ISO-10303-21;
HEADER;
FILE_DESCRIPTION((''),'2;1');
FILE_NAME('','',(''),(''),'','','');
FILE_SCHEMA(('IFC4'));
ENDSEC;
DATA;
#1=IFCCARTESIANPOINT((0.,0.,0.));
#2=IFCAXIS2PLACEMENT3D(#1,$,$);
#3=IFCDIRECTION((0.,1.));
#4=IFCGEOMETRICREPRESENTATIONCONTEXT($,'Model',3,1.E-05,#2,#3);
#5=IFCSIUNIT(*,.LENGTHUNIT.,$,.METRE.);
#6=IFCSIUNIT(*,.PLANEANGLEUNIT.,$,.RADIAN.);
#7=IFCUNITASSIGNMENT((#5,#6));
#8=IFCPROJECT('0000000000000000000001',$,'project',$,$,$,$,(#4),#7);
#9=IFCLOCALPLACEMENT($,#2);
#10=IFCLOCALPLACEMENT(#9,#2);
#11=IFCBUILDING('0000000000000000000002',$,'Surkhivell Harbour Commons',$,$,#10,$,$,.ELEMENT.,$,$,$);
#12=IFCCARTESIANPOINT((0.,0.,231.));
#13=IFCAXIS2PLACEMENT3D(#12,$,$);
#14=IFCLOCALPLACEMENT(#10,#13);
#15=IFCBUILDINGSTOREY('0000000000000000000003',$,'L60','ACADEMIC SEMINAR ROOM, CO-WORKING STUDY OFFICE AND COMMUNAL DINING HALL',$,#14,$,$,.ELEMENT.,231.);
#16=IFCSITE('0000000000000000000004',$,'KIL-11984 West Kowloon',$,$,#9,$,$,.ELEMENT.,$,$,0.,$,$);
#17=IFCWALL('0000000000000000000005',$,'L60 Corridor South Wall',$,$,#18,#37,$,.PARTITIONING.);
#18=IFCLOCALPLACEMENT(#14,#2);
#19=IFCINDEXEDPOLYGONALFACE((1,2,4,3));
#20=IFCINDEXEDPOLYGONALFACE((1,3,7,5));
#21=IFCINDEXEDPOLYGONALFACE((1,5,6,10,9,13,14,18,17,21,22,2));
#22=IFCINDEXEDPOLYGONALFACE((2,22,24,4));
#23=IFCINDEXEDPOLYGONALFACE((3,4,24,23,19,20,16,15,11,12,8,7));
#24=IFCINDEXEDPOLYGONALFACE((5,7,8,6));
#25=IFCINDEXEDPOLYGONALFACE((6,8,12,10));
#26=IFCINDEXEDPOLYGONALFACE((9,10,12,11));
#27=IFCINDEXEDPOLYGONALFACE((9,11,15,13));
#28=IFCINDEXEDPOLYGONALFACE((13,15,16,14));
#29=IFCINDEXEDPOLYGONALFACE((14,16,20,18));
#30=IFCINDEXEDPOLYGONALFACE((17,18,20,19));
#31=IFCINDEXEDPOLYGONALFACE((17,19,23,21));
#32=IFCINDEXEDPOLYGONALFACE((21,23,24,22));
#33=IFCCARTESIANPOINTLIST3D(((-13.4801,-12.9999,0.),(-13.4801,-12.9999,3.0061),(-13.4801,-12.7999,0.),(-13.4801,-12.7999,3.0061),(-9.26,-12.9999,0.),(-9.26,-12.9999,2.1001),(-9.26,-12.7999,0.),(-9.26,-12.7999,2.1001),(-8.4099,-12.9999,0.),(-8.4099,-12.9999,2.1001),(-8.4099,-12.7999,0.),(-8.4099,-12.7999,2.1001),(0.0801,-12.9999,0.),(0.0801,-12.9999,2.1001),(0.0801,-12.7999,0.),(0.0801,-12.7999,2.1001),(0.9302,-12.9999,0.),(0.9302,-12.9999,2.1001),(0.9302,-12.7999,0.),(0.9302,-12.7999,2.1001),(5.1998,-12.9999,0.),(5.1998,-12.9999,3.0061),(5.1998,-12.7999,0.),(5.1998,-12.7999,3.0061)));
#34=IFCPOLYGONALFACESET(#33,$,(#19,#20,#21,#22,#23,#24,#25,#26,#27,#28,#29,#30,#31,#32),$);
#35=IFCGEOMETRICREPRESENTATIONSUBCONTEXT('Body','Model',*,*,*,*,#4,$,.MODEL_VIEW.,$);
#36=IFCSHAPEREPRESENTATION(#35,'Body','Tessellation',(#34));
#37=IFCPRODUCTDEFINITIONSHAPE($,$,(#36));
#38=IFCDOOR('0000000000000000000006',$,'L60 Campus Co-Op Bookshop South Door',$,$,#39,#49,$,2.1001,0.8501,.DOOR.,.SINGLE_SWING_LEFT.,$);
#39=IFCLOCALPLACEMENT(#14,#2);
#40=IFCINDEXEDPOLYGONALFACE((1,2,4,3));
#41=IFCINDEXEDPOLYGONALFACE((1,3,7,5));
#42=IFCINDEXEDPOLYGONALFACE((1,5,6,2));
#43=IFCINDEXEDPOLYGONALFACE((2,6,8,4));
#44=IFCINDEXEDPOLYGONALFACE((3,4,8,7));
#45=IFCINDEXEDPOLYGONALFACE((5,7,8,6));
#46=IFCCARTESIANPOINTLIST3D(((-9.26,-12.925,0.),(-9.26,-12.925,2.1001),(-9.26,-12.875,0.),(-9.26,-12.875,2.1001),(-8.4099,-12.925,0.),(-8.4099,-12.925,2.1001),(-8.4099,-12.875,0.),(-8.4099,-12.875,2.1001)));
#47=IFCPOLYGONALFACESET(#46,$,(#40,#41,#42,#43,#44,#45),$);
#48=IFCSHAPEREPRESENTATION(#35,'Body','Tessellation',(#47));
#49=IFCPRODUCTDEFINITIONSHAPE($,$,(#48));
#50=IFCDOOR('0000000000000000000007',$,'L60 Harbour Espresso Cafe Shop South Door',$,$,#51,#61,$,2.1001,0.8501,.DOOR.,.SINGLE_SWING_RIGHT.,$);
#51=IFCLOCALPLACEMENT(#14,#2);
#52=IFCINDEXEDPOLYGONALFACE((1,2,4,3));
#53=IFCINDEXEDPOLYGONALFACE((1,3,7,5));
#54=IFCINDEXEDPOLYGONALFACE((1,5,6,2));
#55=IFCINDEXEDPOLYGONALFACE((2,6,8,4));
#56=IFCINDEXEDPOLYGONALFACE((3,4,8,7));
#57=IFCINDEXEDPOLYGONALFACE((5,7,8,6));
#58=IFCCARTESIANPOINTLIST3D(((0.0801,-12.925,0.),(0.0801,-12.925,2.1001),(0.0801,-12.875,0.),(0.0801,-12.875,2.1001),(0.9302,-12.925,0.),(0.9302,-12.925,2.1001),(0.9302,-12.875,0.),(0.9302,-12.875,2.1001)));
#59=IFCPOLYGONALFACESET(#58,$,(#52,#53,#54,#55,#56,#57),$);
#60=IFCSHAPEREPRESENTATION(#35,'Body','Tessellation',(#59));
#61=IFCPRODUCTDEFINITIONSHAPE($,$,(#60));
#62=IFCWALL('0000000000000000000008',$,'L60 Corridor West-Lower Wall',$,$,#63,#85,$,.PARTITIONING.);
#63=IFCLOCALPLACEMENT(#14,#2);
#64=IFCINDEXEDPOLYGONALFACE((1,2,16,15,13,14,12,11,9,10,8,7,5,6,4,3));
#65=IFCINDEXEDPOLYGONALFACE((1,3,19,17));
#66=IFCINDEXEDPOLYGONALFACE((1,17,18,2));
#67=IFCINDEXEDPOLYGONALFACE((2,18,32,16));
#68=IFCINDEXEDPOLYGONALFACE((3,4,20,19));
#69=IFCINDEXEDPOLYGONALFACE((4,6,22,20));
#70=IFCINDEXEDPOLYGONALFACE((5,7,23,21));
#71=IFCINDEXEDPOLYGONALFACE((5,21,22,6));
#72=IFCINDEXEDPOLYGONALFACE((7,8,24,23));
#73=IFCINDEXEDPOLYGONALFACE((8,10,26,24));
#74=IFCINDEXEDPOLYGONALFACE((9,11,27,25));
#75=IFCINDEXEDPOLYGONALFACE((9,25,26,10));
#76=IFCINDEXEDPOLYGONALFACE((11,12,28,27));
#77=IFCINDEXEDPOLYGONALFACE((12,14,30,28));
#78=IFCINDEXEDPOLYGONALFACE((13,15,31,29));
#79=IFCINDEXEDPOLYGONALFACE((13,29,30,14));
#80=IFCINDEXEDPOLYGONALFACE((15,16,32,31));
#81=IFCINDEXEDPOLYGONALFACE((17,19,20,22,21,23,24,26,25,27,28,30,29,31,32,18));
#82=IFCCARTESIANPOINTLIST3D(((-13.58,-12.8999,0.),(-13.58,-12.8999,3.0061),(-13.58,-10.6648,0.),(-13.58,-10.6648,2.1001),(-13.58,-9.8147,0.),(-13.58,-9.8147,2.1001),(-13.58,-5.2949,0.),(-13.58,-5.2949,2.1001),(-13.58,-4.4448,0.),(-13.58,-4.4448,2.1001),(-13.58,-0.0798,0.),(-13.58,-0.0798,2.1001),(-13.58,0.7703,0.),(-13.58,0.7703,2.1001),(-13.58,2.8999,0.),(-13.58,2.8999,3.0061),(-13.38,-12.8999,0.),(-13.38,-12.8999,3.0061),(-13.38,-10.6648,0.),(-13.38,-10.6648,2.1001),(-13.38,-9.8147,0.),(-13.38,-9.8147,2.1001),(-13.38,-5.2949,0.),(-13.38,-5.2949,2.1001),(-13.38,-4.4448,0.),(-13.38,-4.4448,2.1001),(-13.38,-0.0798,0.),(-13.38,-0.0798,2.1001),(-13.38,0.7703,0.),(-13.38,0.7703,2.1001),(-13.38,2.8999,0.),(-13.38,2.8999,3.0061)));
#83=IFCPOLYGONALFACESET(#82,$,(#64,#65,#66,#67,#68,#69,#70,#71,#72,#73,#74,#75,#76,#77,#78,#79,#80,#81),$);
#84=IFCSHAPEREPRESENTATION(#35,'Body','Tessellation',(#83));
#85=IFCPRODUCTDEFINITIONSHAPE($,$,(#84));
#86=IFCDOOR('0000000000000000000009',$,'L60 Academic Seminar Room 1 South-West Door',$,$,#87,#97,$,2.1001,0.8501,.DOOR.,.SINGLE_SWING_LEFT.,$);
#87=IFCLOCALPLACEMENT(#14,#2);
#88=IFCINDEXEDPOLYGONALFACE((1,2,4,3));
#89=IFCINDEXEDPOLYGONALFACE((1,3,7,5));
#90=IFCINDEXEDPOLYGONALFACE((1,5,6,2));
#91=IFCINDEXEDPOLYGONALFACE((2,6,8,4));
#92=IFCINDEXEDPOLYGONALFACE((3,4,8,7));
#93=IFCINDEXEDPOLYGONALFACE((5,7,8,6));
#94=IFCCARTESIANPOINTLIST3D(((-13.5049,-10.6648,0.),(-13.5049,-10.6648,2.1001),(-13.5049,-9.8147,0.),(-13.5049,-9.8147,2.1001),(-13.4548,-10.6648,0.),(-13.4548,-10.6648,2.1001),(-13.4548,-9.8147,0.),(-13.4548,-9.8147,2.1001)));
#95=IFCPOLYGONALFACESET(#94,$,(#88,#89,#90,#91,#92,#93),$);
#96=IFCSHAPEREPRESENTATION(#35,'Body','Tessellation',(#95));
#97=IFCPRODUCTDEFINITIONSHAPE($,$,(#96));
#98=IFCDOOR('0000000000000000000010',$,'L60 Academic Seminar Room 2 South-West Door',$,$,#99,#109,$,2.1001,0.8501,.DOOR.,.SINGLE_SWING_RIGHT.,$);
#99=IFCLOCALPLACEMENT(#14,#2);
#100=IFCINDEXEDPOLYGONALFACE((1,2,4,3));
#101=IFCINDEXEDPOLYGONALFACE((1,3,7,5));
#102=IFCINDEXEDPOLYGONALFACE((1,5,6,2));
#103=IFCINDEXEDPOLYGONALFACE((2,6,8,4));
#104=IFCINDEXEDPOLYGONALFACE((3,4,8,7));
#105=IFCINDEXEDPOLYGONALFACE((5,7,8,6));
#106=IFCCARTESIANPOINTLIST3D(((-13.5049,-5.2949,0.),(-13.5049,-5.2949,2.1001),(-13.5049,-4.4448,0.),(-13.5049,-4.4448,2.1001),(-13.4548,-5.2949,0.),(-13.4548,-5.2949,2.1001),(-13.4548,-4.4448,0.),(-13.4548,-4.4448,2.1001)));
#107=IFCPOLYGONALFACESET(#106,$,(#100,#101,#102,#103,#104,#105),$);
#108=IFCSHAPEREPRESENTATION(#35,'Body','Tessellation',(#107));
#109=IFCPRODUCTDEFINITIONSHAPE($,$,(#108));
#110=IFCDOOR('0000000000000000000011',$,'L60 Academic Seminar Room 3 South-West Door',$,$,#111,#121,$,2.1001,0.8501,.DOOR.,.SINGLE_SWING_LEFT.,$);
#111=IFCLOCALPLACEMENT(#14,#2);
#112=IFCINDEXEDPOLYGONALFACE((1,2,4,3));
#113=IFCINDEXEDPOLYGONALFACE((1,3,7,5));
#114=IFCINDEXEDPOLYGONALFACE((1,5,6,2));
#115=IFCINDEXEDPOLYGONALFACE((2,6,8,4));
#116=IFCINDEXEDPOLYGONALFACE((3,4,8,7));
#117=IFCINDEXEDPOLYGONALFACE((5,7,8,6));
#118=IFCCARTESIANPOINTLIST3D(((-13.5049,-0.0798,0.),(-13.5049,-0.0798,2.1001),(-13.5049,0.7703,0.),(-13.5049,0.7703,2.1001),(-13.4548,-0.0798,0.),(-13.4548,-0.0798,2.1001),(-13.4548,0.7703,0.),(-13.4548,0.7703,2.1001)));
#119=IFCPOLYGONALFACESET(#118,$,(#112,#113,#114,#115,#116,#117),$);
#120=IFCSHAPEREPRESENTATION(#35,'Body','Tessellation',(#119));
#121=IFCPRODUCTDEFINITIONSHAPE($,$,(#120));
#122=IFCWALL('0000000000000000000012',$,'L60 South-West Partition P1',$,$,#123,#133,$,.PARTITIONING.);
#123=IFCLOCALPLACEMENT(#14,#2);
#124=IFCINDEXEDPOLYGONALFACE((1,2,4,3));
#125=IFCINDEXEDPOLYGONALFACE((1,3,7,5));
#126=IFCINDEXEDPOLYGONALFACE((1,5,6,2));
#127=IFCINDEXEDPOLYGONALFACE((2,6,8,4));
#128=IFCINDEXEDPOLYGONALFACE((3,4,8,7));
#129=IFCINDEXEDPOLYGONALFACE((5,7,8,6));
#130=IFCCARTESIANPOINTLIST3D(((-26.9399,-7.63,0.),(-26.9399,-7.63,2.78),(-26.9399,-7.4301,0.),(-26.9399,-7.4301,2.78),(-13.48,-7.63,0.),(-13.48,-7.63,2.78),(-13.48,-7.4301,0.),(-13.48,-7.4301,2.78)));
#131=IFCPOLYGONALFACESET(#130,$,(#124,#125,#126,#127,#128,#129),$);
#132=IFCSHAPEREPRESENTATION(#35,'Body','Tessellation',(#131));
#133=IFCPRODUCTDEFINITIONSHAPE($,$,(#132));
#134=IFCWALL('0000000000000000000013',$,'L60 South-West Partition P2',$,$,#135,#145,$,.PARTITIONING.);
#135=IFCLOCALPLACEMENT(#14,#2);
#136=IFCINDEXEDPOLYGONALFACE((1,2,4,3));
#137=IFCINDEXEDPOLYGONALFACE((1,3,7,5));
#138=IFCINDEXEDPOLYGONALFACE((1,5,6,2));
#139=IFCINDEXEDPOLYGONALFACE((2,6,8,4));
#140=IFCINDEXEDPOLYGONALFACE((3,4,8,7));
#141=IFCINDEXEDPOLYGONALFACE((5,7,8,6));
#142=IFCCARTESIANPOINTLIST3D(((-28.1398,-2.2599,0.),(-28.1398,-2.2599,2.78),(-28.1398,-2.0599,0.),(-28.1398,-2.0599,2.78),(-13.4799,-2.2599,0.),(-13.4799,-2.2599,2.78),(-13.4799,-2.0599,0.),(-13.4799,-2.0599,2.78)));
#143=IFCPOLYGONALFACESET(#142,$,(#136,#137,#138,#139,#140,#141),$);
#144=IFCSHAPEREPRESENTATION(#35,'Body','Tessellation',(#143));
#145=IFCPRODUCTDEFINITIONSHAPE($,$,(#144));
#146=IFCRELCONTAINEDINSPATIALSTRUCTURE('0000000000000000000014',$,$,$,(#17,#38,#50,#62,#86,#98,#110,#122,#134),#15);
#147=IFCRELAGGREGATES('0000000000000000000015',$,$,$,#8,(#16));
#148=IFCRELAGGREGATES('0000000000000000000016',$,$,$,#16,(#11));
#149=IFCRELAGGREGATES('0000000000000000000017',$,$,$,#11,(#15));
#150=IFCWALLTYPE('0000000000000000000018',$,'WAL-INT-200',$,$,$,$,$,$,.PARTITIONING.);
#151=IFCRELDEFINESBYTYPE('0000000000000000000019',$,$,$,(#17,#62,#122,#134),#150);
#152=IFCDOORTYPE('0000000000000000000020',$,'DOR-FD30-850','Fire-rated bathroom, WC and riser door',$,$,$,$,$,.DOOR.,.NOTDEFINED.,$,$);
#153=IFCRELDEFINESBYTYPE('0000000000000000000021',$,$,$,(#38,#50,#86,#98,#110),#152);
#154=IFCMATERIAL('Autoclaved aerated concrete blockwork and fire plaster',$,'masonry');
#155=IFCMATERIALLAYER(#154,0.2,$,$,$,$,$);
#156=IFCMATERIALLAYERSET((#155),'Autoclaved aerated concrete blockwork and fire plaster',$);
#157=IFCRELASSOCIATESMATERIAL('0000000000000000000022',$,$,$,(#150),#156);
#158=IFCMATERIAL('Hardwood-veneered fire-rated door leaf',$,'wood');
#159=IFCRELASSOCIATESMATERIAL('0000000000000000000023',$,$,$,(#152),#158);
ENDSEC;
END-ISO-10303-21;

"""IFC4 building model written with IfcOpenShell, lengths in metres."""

from ifc_helpers import new_model, si_unit, direction, frame, frame_2d, origin, place, context, subcontext, project, spatial, rectangle, extrude, material, layer, layer_set, type_object, element, fill, save


model = new_model("IFC4")

# Units and contexts
model_context = context("Model", 3, precision=1e-05, world=origin(), true_north=direction((0.0, 1.0)))
body_context = subcontext(model_context, "Body", "Model", "MODEL_VIEW")
ifc_project = project(units=[si_unit("LENGTHUNIT", "METRE"), si_unit("PLANEANGLEUNIT", "RADIAN")], contexts=[model_context])

# Site, building, storey
site_placement = place(None, origin())
site = spatial("IfcSite", under=ifc_project, at=site_placement, Name="KIL-11984 West Kowloon", CompositionType="ELEMENT", RefElevation=0.0)
building_placement = place(site_placement, origin())
building = spatial("IfcBuilding", under=site, at=building_placement, Name="Surkhivell Harbour Commons", CompositionType="ELEMENT")
storey_placement = place(building_placement, frame((0.0, 0.0, 231.0)))
storey = spatial("IfcBuildingStorey", under=building, at=storey_placement, Name="L60", Description="ACADEMIC SEMINAR ROOM, CO-WORKING STUDY OFFICE AND COMMUNAL DINING HALL", CompositionType="ELEMENT", Elevation=231.0)

# Walls, openings, doors
ifc_material_1 = material(Name="Autoclaved aerated concrete blockwork and fire plaster", Category="masonry")
ifc_layer_1 = layer(ifc_material_1, 0.2)
ifc_layer_set_1 = layer_set([ifc_layer_1], Name="Autoclaved aerated concrete blockwork and fire plaster")
wall_type_1 = type_object("IfcWallType", Name="WAL-INT-200", PredefinedType="PARTITIONING", material=ifc_layer_set_1)
wall_1_placement = place(storey_placement, frame((-13.48, -12.8999, 0.0), z_axis=(0.0, 0.0, 1.0), x_axis=(1.0, 0.0, 0.0)))
wall_1 = element("IfcWall", 1, at=wall_1_placement, inside=storey, type_object=wall_type_1, Name="L60 Corridor South Wall", PredefinedType="PARTITIONING", context=body_context, shape_type="SweptSolid", body=[
    extrude(rectangle(XDim=18.6799, YDim=0.2, at=frame_2d((9.3398, 0.0))), origin(), (0.0, 0.0, 1.0), 3.0061),
])
opening_1_placement = place(wall_1_placement, frame((4.22, 0.0, 0.0)))
opening_1 = element("IfcOpeningElement", 2, at=opening_1_placement, cuts=wall_1, PredefinedType="OPENING", context=body_context, shape_type="SweptSolid", body=[
    extrude(rectangle(XDim=0.8501, YDim=2.1001, at=frame_2d((0.425, 1.05))), frame((0.0, 0.1099, 0.0), z_axis=(0.0, -1.0, 0.0), x_axis=(1.0, 0.0, 0.0)), (0.0, 0.0, 1.0), 0.22),
])
opening_2_placement = place(wall_1_placement, frame((13.5601, 0.0, 0.0)))
opening_2 = element("IfcOpeningElement", 3, at=opening_2_placement, cuts=wall_1, PredefinedType="OPENING", context=body_context, shape_type="SweptSolid", body=[
    extrude(rectangle(XDim=0.8501, YDim=2.1001, at=frame_2d((0.425, 1.05))), frame((0.0, 0.1099, 0.0), z_axis=(0.0, -1.0, 0.0), x_axis=(1.0, 0.0, 0.0)), (0.0, 0.0, 1.0), 0.22),
])
ifc_material_2 = material(Name="Hardwood-veneered fire-rated door leaf", Category="wood")
door_type = type_object("IfcDoorType", Name="DOR-FD30-850", Description="Fire-rated bathroom, WC and riser door", OperationType="NOTDEFINED", PredefinedType="DOOR", material=ifc_material_2)
door_1_placement = place(opening_1_placement, origin())
door_1 = element("IfcDoor", 4, at=door_1_placement, inside=storey, type_object=door_type, Name="L60 Campus Co-Op Bookshop South Door", OperationType="SINGLE_SWING_LEFT", OverallHeight=2.1001, OverallWidth=0.8501, PredefinedType="DOOR", context=body_context, shape_type="SweptSolid", body=[
    extrude(rectangle(XDim=0.8501, YDim=2.1001, at=frame_2d((0.425, 1.05))), frame((0.0, 0.0249, 0.0), z_axis=(0.0, -1.0, 0.0), x_axis=(1.0, 0.0, 0.0)), (0.0, 0.0, 1.0), 0.05),
])
fill(opening_1, door_1)
door_2_placement = place(opening_2_placement, origin())
door_2 = element("IfcDoor", 5, at=door_2_placement, inside=storey, type_object=door_type, Name="L60 Harbour Espresso Cafe Shop South Door", OperationType="SINGLE_SWING_RIGHT", OverallHeight=2.1001, OverallWidth=0.8501, PredefinedType="DOOR", context=body_context, shape_type="SweptSolid", body=[
    extrude(rectangle(XDim=0.8501, YDim=2.1001, at=frame_2d((0.425, 1.05))), frame((0.0, 0.0249, 0.0), z_axis=(0.0, -1.0, 0.0), x_axis=(1.0, 0.0, 0.0)), (0.0, 0.0, 1.0), 0.05),
])
fill(opening_2, door_2)
wall_2_placement = place(storey_placement, frame((-13.48, -12.8999, 0.0), z_axis=(0.0, 0.0, 1.0), x_axis=(0.0, 1.0, 0.0)))
wall_2 = element("IfcWall", 6, at=wall_2_placement, inside=storey, type_object=wall_type_1, Name="L60 Corridor West-Lower Wall", PredefinedType="PARTITIONING", context=body_context, shape_type="SweptSolid", body=[
    extrude(rectangle(XDim=15.7998, YDim=0.2, at=frame_2d((7.8999, 0.0))), origin(), (0.0, 0.0, 1.0), 3.0061),
])
opening_3_placement = place(wall_2_placement, frame((2.2351, 0.0, 0.0)))
opening_3 = element("IfcOpeningElement", 7, at=opening_3_placement, cuts=wall_2, PredefinedType="OPENING", context=body_context, shape_type="SweptSolid", body=[
    extrude(rectangle(XDim=0.8501, YDim=2.1001, at=frame_2d((0.425, 1.05))), frame((0.0, 0.1099, 0.0), z_axis=(0.0, -1.0, 0.0), x_axis=(1.0, 0.0, 0.0)), (0.0, 0.0, 1.0), 0.22),
])
opening_4_placement = place(wall_2_placement, frame((7.605, 0.0, 0.0)))
opening_4 = element("IfcOpeningElement", 8, at=opening_4_placement, cuts=wall_2, PredefinedType="OPENING", context=body_context, shape_type="SweptSolid", body=[
    extrude(rectangle(XDim=0.8501, YDim=2.1001, at=frame_2d((0.425, 1.05))), frame((0.0, 0.1099, 0.0), z_axis=(0.0, -1.0, 0.0), x_axis=(1.0, 0.0, 0.0)), (0.0, 0.0, 1.0), 0.22),
])
opening_5_placement = place(wall_2_placement, frame((12.8201, 0.0, 0.0)))
opening_5 = element("IfcOpeningElement", 9, at=opening_5_placement, cuts=wall_2, PredefinedType="OPENING", context=body_context, shape_type="SweptSolid", body=[
    extrude(rectangle(XDim=0.8501, YDim=2.1001, at=frame_2d((0.425, 1.05))), frame((0.0, 0.1099, 0.0), z_axis=(0.0, -1.0, 0.0), x_axis=(1.0, 0.0, 0.0)), (0.0, 0.0, 1.0), 0.22),
])
door_3_placement = place(opening_3_placement, origin())
door_3 = element("IfcDoor", 10, at=door_3_placement, inside=storey, type_object=door_type, Name="L60 Academic Seminar Room 1 South-West Door", OperationType="SINGLE_SWING_LEFT", OverallHeight=2.1001, OverallWidth=0.8501, PredefinedType="DOOR", context=body_context, shape_type="SweptSolid", body=[
    extrude(rectangle(XDim=0.8501, YDim=2.1001, at=frame_2d((0.425, 1.05))), frame((0.0, 0.0249, 0.0), z_axis=(0.0, -1.0, 0.0), x_axis=(1.0, 0.0, 0.0)), (0.0, 0.0, 1.0), 0.05),
])
fill(opening_3, door_3)
door_4_placement = place(opening_4_placement, origin())
door_4 = element("IfcDoor", 11, at=door_4_placement, inside=storey, type_object=door_type, Name="L60 Academic Seminar Room 2 South-West Door", OperationType="SINGLE_SWING_RIGHT", OverallHeight=2.1001, OverallWidth=0.8501, PredefinedType="DOOR", context=body_context, shape_type="SweptSolid", body=[
    extrude(rectangle(XDim=0.8501, YDim=2.1001, at=frame_2d((0.425, 1.05))), frame((0.0, 0.0249, 0.0), z_axis=(0.0, -1.0, 0.0), x_axis=(1.0, 0.0, 0.0)), (0.0, 0.0, 1.0), 0.05),
])
fill(opening_4, door_4)
door_5_placement = place(opening_5_placement, origin())
door_5 = element("IfcDoor", 12, at=door_5_placement, inside=storey, type_object=door_type, Name="L60 Academic Seminar Room 3 South-West Door", OperationType="SINGLE_SWING_LEFT", OverallHeight=2.1001, OverallWidth=0.8501, PredefinedType="DOOR", context=body_context, shape_type="SweptSolid", body=[
    extrude(rectangle(XDim=0.8501, YDim=2.1001, at=frame_2d((0.425, 1.05))), frame((0.0, 0.0249, 0.0), z_axis=(0.0, -1.0, 0.0), x_axis=(1.0, 0.0, 0.0)), (0.0, 0.0, 1.0), 0.05),
])
fill(opening_5, door_5)

# Walls
wall_3_placement = place(storey_placement, frame((-26.9399, -7.53, 0.0), z_axis=(0.0, 0.0, 1.0), x_axis=(1.0, 0.0, 0.0)))
element("IfcWall", 13, at=wall_3_placement, inside=storey, type_object=wall_type_1, Name="L60 South-West Partition P1", PredefinedType="PARTITIONING", context=body_context, shape_type="SweptSolid", body=[
    extrude(rectangle(XDim=13.46, YDim=0.2, at=frame_2d((6.73, 0.0))), origin(), (0.0, 0.0, 1.0), 2.78),
])
wall_4_placement = place(storey_placement, frame((-28.1399, -2.1599, 0.0), z_axis=(0.0, 0.0, 1.0), x_axis=(1.0, 0.0, 0.0)))
element("IfcWall", 14, at=wall_4_placement, inside=storey, type_object=wall_type_1, Name="L60 South-West Partition P2", PredefinedType="PARTITIONING", context=body_context, shape_type="SweptSolid", body=[
    extrude(rectangle(XDim=14.6599, YDim=0.2, at=frame_2d((7.3301, 0.0))), origin(), (0.0, 0.0, 1.0), 2.78),
])

save(model, "model.ifc")
